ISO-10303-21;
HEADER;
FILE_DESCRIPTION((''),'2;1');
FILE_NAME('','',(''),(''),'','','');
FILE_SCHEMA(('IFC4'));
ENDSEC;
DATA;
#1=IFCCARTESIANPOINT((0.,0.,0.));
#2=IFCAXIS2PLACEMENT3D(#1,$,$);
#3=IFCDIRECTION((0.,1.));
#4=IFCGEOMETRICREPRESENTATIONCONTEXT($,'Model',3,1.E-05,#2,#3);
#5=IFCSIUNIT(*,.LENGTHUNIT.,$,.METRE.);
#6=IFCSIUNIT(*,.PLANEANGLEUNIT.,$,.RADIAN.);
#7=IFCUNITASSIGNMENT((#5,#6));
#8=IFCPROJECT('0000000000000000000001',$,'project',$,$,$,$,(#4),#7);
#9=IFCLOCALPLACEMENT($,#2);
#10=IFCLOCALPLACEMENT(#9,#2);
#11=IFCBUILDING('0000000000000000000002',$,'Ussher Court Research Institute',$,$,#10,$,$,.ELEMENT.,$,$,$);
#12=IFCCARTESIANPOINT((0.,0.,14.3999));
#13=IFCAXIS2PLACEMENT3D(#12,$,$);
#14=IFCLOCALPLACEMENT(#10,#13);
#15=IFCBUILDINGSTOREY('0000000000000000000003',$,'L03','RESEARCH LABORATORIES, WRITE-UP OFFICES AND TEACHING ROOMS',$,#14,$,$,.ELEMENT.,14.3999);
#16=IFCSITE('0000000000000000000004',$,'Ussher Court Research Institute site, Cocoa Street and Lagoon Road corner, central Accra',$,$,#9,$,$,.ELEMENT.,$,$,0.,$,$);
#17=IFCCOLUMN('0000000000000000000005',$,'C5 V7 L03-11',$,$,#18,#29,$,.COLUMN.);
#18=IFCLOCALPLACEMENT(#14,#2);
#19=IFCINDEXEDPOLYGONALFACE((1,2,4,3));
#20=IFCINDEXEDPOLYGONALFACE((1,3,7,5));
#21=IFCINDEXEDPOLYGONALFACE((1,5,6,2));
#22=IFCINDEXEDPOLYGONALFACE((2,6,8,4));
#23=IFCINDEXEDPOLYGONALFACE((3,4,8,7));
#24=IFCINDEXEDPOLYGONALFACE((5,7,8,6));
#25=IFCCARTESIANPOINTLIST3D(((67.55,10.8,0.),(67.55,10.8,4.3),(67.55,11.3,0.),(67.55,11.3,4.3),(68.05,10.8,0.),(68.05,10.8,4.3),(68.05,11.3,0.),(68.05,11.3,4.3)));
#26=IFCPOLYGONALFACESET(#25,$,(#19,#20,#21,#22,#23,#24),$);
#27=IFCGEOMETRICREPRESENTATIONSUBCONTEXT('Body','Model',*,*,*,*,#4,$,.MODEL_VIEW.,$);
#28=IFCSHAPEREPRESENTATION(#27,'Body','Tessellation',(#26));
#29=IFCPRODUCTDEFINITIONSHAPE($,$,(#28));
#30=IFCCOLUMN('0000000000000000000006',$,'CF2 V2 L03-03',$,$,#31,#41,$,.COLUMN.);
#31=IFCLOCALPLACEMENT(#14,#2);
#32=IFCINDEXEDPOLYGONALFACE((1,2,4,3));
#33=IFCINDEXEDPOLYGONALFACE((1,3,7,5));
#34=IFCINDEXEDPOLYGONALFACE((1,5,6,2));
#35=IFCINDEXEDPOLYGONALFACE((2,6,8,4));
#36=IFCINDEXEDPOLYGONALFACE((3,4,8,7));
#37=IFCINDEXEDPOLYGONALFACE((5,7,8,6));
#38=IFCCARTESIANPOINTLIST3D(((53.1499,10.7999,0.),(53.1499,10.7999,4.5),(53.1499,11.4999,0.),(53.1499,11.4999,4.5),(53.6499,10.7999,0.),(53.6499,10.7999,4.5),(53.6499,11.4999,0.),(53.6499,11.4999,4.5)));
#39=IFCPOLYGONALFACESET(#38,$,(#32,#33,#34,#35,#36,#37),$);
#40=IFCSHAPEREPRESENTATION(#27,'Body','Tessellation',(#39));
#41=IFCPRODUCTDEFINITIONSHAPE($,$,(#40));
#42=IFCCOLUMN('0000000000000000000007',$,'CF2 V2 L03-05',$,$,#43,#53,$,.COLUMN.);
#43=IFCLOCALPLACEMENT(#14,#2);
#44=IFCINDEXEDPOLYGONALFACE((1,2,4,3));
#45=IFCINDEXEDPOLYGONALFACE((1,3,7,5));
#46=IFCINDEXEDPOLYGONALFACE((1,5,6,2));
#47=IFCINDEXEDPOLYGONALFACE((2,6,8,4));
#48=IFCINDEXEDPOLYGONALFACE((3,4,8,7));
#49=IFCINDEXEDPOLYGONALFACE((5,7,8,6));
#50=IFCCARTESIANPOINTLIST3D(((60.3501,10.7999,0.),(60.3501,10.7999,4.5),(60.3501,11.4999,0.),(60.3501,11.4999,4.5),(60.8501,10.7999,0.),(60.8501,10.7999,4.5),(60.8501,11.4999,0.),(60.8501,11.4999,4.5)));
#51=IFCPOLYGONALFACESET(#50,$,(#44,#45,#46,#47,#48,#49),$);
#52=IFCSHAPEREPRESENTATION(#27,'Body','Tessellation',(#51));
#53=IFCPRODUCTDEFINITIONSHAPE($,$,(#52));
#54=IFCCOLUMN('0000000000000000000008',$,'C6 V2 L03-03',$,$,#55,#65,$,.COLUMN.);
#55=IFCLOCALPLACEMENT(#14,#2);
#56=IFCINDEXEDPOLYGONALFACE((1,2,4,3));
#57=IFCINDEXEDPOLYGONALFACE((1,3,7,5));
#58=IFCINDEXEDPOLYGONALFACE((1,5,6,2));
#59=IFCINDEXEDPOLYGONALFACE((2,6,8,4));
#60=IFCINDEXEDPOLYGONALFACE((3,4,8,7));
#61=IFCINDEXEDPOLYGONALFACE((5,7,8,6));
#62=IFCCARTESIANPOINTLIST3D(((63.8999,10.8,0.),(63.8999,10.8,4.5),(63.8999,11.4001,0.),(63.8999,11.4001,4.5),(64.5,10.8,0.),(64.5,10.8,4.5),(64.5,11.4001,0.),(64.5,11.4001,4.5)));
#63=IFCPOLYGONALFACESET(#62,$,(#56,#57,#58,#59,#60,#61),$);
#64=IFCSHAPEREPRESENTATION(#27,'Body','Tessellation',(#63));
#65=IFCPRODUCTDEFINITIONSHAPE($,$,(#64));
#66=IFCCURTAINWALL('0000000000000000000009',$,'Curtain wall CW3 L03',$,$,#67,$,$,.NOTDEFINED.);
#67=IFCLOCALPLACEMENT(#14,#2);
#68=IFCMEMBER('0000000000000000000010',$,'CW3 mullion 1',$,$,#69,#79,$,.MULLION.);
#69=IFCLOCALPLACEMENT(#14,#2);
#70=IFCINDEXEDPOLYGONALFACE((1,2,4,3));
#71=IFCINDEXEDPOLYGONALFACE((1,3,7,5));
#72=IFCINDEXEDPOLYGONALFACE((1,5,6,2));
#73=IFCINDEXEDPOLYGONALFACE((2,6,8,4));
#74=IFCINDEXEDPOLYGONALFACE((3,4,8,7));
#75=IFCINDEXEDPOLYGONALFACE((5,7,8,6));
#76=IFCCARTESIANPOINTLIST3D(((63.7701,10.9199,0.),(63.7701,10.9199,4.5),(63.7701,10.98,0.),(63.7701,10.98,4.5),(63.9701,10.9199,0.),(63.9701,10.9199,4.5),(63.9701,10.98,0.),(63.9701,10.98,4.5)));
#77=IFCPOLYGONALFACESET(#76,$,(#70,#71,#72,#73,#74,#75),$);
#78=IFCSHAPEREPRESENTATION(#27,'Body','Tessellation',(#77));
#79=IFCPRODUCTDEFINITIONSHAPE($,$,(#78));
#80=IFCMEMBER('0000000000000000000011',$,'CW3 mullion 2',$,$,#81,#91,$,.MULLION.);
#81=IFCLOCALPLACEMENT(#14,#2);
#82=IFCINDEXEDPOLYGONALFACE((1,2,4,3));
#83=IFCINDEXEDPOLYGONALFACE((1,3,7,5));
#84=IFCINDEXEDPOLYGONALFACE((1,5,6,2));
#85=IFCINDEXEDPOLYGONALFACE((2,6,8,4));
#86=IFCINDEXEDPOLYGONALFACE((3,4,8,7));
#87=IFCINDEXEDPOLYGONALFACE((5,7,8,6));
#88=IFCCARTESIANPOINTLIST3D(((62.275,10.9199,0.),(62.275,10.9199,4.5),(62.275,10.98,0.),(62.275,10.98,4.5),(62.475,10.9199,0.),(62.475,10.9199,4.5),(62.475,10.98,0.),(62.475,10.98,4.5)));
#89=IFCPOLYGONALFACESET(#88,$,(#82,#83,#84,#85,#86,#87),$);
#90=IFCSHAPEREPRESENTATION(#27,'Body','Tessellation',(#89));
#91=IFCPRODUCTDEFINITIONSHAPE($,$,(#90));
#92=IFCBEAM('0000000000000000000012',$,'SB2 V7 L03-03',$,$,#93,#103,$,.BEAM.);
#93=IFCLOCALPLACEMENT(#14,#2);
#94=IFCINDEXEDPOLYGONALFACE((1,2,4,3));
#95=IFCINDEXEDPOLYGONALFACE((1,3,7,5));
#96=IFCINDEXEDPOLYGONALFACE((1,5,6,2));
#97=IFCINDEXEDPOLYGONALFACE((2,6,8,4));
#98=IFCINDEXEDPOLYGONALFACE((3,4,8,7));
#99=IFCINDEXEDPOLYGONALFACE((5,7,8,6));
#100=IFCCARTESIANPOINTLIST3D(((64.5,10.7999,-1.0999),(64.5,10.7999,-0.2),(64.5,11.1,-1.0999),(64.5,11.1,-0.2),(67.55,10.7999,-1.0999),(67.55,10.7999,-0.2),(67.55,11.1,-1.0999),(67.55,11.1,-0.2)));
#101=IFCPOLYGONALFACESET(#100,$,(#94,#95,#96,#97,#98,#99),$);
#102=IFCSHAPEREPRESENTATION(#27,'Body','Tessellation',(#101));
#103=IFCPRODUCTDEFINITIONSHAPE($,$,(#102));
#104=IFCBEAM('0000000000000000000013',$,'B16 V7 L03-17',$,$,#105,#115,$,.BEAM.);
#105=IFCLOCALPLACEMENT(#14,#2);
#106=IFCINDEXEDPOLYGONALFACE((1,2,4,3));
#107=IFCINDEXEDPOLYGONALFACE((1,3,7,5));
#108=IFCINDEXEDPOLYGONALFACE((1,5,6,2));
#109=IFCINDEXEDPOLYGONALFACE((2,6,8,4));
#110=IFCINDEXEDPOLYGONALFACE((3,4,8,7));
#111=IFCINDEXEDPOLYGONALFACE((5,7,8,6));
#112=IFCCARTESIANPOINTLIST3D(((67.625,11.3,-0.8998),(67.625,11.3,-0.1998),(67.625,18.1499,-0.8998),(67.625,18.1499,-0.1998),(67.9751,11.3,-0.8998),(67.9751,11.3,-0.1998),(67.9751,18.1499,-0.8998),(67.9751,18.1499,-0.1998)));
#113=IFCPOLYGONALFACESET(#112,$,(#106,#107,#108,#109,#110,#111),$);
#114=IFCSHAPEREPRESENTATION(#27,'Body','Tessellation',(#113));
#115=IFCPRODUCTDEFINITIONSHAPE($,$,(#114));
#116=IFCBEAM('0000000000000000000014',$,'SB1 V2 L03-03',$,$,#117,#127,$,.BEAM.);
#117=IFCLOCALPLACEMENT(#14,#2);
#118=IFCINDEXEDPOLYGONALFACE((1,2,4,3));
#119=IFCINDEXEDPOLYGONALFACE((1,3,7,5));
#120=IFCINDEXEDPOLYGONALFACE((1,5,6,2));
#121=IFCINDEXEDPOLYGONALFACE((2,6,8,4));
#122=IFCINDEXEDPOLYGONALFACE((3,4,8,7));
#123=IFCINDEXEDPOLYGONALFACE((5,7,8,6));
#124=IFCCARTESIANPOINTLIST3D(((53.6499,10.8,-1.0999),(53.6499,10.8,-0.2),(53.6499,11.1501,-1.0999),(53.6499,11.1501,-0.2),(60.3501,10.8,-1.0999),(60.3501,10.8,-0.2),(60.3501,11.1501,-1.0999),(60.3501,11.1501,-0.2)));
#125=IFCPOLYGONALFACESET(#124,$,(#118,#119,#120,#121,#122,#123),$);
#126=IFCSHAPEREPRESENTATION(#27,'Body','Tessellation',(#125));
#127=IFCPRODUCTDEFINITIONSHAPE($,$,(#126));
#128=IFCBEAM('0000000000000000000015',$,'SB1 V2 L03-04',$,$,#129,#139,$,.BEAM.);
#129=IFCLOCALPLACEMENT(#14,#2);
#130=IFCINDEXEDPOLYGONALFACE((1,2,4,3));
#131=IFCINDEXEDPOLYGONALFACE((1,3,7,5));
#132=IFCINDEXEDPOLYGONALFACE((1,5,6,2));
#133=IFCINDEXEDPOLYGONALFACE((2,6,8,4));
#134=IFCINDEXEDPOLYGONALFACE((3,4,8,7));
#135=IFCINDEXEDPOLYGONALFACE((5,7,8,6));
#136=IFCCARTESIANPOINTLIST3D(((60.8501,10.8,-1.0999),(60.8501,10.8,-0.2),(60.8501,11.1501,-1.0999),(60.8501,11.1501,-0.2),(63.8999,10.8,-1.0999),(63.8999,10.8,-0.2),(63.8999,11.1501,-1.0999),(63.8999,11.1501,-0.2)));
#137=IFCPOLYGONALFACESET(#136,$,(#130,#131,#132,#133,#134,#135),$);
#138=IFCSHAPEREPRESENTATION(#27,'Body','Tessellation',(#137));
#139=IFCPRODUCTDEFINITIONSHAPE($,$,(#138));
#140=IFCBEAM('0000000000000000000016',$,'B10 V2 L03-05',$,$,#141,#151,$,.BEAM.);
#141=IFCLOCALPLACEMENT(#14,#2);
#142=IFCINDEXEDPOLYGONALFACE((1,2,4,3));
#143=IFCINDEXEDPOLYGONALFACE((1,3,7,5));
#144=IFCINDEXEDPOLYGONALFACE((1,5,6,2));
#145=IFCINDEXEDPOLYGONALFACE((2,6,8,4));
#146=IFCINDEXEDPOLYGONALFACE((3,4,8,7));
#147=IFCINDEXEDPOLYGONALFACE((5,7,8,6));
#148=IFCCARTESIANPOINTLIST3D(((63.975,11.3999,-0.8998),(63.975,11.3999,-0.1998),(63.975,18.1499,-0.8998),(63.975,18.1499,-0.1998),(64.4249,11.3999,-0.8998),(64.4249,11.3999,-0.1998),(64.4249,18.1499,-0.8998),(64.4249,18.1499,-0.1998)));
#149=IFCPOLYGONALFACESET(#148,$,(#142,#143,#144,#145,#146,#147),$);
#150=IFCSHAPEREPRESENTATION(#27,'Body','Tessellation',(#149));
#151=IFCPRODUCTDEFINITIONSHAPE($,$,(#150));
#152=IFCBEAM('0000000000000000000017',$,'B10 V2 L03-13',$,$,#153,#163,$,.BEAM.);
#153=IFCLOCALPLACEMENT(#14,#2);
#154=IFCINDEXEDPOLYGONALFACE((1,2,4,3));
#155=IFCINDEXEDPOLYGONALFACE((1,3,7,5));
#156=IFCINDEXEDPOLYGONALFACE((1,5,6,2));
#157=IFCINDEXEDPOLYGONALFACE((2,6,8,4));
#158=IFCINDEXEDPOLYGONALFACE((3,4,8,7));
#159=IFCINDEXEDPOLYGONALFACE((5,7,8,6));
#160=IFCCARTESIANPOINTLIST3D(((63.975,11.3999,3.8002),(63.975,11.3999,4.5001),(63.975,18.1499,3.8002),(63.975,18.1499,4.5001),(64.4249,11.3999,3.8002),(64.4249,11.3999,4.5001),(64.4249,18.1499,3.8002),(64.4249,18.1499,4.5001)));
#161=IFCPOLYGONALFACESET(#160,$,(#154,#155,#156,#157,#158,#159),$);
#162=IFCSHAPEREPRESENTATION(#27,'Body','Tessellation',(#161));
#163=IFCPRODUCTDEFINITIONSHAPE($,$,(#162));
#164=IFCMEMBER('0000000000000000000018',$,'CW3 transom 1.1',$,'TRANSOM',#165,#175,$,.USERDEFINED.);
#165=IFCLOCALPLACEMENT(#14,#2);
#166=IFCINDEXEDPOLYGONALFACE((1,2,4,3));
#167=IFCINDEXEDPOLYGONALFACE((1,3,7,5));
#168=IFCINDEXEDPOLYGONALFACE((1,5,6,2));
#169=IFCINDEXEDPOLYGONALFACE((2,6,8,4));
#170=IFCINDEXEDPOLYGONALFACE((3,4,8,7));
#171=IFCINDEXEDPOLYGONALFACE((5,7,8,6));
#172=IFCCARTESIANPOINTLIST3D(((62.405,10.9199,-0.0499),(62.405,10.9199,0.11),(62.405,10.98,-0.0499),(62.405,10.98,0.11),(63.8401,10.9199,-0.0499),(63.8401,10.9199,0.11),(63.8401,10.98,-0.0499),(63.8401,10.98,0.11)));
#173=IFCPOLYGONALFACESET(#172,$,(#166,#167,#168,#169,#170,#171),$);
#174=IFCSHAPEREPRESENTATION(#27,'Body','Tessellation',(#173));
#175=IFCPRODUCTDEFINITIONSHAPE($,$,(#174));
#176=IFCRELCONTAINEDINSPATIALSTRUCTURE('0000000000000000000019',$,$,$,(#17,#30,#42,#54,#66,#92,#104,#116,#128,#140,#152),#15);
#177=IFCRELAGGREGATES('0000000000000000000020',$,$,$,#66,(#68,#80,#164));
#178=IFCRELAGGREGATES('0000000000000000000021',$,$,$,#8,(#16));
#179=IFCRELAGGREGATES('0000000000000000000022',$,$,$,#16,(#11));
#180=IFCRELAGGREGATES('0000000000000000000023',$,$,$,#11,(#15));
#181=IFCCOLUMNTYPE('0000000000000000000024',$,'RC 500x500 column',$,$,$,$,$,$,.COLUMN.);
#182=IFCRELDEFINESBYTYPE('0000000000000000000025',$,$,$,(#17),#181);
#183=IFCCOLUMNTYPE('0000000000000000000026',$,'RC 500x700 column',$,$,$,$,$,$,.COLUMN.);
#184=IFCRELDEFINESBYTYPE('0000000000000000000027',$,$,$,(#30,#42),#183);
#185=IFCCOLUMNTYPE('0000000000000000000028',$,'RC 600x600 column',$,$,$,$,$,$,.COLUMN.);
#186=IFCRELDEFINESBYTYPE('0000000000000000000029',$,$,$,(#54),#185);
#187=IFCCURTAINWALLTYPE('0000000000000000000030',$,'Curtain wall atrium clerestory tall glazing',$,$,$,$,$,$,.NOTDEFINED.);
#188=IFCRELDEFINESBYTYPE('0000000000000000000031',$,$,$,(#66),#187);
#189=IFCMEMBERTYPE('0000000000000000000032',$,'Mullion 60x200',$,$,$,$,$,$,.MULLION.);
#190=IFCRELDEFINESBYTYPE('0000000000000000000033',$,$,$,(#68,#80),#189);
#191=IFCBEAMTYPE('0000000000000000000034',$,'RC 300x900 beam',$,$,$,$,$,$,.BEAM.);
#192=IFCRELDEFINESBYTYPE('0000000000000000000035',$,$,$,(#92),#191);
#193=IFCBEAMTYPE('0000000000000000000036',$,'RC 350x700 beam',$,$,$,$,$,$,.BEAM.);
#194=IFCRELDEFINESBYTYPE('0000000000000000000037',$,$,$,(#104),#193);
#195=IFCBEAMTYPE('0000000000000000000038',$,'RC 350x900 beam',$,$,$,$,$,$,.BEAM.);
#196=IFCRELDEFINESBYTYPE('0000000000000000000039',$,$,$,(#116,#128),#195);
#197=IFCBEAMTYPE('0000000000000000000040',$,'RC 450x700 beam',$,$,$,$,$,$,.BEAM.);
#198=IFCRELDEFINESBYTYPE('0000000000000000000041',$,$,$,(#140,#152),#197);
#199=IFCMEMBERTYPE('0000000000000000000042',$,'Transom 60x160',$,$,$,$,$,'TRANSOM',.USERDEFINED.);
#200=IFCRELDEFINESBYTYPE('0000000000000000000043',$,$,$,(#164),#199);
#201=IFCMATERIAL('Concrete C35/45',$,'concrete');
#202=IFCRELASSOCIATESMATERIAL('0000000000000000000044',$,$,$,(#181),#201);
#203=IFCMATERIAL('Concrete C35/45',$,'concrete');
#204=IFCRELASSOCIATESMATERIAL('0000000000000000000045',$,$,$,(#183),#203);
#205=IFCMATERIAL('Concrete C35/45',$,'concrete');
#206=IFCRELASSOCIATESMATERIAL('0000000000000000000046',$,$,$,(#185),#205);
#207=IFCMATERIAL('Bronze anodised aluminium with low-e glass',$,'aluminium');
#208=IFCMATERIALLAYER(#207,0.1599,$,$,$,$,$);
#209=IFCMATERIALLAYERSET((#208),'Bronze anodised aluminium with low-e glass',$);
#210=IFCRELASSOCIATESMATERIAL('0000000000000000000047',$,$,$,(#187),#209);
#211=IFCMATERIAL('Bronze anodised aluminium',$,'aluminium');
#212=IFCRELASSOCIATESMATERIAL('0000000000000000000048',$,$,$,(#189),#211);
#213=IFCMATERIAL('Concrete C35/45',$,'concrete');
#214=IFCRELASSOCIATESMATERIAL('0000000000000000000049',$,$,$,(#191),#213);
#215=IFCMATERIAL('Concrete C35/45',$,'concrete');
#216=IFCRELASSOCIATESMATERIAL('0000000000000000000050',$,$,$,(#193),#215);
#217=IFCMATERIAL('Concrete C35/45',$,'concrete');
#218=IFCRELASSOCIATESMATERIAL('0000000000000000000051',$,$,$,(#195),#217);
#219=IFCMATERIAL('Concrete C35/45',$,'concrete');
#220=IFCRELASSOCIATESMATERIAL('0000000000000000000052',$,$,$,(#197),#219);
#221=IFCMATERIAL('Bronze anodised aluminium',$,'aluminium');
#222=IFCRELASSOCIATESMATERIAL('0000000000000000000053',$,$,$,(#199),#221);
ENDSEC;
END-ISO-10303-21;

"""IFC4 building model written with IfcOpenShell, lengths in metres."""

from ifc_helpers import new_model, si_unit, direction, frame, origin, origin_2d, place, context, subcontext, project, spatial, rectangle, extrude, material, layer, layer_set, material_profile, profile_set, type_object, element, aggregate, save


model = new_model("IFC4")

# Units and contexts
model_context = context("Model", 3, precision=1e-05, world=origin(), true_north=direction((0.0, 1.0)))
body_context = subcontext(model_context, "Body", "Model", "MODEL_VIEW")
ifc_project = project(units=[si_unit("LENGTHUNIT", "METRE"), si_unit("PLANEANGLEUNIT", "RADIAN")], contexts=[model_context])

# Site, building, storey
site_placement = place(None, origin())
site = spatial("IfcSite", under=ifc_project, at=site_placement, Name="Ussher Court Research Institute site, Cocoa Street and Lagoon Road corner, central Accra", CompositionType="ELEMENT", RefElevation=0.0)
building_placement = place(site_placement, origin())
building = spatial("IfcBuilding", under=site, at=building_placement, Name="Ussher Court Research Institute", CompositionType="ELEMENT")
storey_placement = place(building_placement, frame((0.0, 0.0, 14.3999)))
storey = spatial("IfcBuildingStorey", under=building, at=storey_placement, Name="L03", Description="RESEARCH LABORATORIES, WRITE-UP OFFICES AND TEACHING ROOMS", CompositionType="ELEMENT", Elevation=14.3999)

# Columns
ifc_material_1 = material(Name="Concrete C35/45", Category="concrete")
ifc_material_profile_1 = material_profile(ifc_material_1, rectangle(XDim=0.5, YDim=0.5, at=origin_2d()), Name="RC 500x500")
ifc_profile_set_1 = profile_set([ifc_material_profile_1], Name="Concrete C35/45")
column_type_1 = type_object("IfcColumnType", Name="RC 500x500 column", PredefinedType="COLUMN", material=ifc_profile_set_1)
column_1_placement = place(storey_placement, frame((67.8, 11.05, 0.0), z_axis=(0.0, 0.0, 1.0), x_axis=(1.0, 0.0, 0.0)))
element("IfcColumn", 1, at=column_1_placement, inside=storey, type_object=column_type_1, Name="C5 V7 L03-11", PredefinedType="COLUMN", context=body_context, shape_type="SweptSolid", body=[
    extrude(rectangle(XDim=0.5, YDim=0.5, at=origin_2d()), origin(), (0.0, 0.0, 1.0), 4.3),
])
ifc_material_2 = material(Name="Concrete C35/45", Category="concrete")
ifc_material_profile_2 = material_profile(ifc_material_2, rectangle(XDim=0.5, YDim=0.7, at=origin_2d()), Name="RC 500x700")
ifc_profile_set_2 = profile_set([ifc_material_profile_2], Name="Concrete C35/45")
column_type_2 = type_object("IfcColumnType", Name="RC 500x700 column", PredefinedType="COLUMN", material=ifc_profile_set_2)
for number, where, z_axis, x_axis, name in (
    (2, (53.3999, 11.1499, 0.0), (0.0, 0.0, 1.0), (1.0, 0.0, 0.0), "CF2 V2 L03-03"),
    (3, (60.6001, 11.1499, 0.0), (0.0, 0.0, 1.0), (1.0, 0.0, 0.0), "CF2 V2 L03-05"),
):
    element("IfcColumn", number, at=place(storey_placement, frame(where, z_axis=z_axis, x_axis=x_axis)), inside=storey, type_object=column_type_2, Name=name, PredefinedType="COLUMN", context=body_context, shape_type="SweptSolid", body=[
        extrude(rectangle(XDim=0.5, YDim=0.7, at=origin_2d()), origin(), (0.0, 0.0, 1.0), 4.5),
    ])
ifc_material_3 = material(Name="Concrete C35/45", Category="concrete")
ifc_material_profile_3 = material_profile(ifc_material_3, rectangle(XDim=0.6001, YDim=0.6001, at=origin_2d()), Name="RC 600x600")
ifc_profile_set_3 = profile_set([ifc_material_profile_3], Name="Concrete C35/45")
column_type_3 = type_object("IfcColumnType", Name="RC 600x600 column", PredefinedType="COLUMN", material=ifc_profile_set_3)
column_2_placement = place(storey_placement, frame((64.2, 11.1001, 0.0), z_axis=(0.0, 0.0, 1.0), x_axis=(1.0, 0.0, 0.0)))
element("IfcColumn", 4, at=column_2_placement, inside=storey, type_object=column_type_3, Name="C6 V2 L03-03", PredefinedType="COLUMN", context=body_context, shape_type="SweptSolid", body=[
    extrude(rectangle(XDim=0.6001, YDim=0.6001, at=origin_2d()), origin(), (0.0, 0.0, 1.0), 4.5),
])

# Curtain wall, members
ifc_material_4 = material(Name="Bronze anodised aluminium with low-e glass", Category="aluminium")
ifc_layer_1 = layer(ifc_material_4, 0.1599)
ifc_layer_set_1 = layer_set([ifc_layer_1], Name="Bronze anodised aluminium with low-e glass")
curtain_wall_type = type_object("IfcCurtainWallType", Name="Curtain wall atrium clerestory tall glazing", PredefinedType="NOTDEFINED", material=ifc_layer_set_1)
curtain_wall_placement = place(storey_placement, origin())
curtain_wall = element("IfcCurtainWall", 5, at=curtain_wall_placement, inside=storey, type_object=curtain_wall_type, Name="Curtain wall CW3 L03", PredefinedType="NOTDEFINED")
ifc_material_5 = material(Name="Bronze anodised aluminium", Category="aluminium")
ifc_material_profile_4 = material_profile(ifc_material_5, rectangle(XDim=0.0601, YDim=0.2, at=origin_2d()), Name="Mullion 60x200")
ifc_profile_set_4 = profile_set([ifc_material_profile_4], Name="Bronze anodised aluminium")
member_type_1 = type_object("IfcMemberType", Name="Mullion 60x200", PredefinedType="MULLION", material=ifc_profile_set_4)
member_1_placement = place(storey_placement, frame((63.8701, 10.95, 0.0), z_axis=(0.0, 0.0, 1.0), x_axis=(0.0, -1.0, 0.0)))
member_1 = element("IfcMember", 6, at=member_1_placement, type_object=member_type_1, Name="CW3 mullion 1", PredefinedType="MULLION", context=body_context, shape_type="SweptSolid", body=[
    extrude(rectangle(XDim=0.0601, YDim=0.2, at=origin_2d()), origin(), (0.0, 0.0, 1.0), 4.5),
])
member_2_placement = place(storey_placement, frame((62.375, 10.95, 0.0), z_axis=(0.0, 0.0, 1.0), x_axis=(0.0, -1.0, 0.0)))
member_2 = element("IfcMember", 7, at=member_2_placement, type_object=member_type_1, Name="CW3 mullion 2", PredefinedType="MULLION", context=body_context, shape_type="SweptSolid", body=[
    extrude(rectangle(XDim=0.0601, YDim=0.2, at=origin_2d()), origin(), (0.0, 0.0, 1.0), 4.5),
])

# Beams
ifc_material_6 = material(Name="Concrete C35/45", Category="concrete")
ifc_material_profile_5 = material_profile(ifc_material_6, rectangle(XDim=0.3, YDim=0.8999, at=origin_2d()), Name="RC 300x900")
ifc_profile_set_5 = profile_set([ifc_material_profile_5], Name="Concrete C35/45")
beam_type_1 = type_object("IfcBeamType", Name="RC 300x900 beam", PredefinedType="BEAM", material=ifc_profile_set_5)
beam_1_placement = place(storey_placement, frame((64.5, 10.95, -0.6499), z_axis=(1.0, 0.0, 0.0), x_axis=(0.0, 1.0, 0.0)))
element("IfcBeam", 8, at=beam_1_placement, inside=storey, type_object=beam_type_1, Name="SB2 V7 L03-03", PredefinedType="BEAM", context=body_context, shape_type="SweptSolid", body=[
    extrude(rectangle(XDim=0.3, YDim=0.8999, at=origin_2d()), origin(), (0.0, 0.0, 1.0), 3.05),
])
ifc_material_7 = material(Name="Concrete C35/45", Category="concrete")
ifc_material_profile_6 = material_profile(ifc_material_7, rectangle(XDim=0.3501, YDim=0.7, at=origin_2d()), Name="RC 350x700")
ifc_profile_set_6 = profile_set([ifc_material_profile_6], Name="Concrete C35/45")
beam_type_2 = type_object("IfcBeamType", Name="RC 350x700 beam", PredefinedType="BEAM", material=ifc_profile_set_6)
beam_2_placement = place(storey_placement, frame((67.8, 11.3, -0.5498), z_axis=(0.0, 1.0, 0.0), x_axis=(-1.0, 0.0, 0.0)))
element("IfcBeam", 9, at=beam_2_placement, inside=storey, type_object=beam_type_2, Name="B16 V7 L03-17", PredefinedType="BEAM", context=body_context, shape_type="SweptSolid", body=[
    extrude(rectangle(XDim=0.3501, YDim=0.7, at=origin_2d()), origin(), (0.0, 0.0, 1.0), 6.8499),
])
ifc_material_8 = material(Name="Concrete C35/45", Category="concrete")
ifc_material_profile_7 = material_profile(ifc_material_8, rectangle(XDim=0.3501, YDim=0.8999, at=origin_2d()), Name="RC 350x900")
ifc_profile_set_7 = profile_set([ifc_material_profile_7], Name="Concrete C35/45")
beam_type_3 = type_object("IfcBeamType", Name="RC 350x900 beam", PredefinedType="BEAM", material=ifc_profile_set_7)
beam_3_placement = place(storey_placement, frame((53.6499, 10.9751, -0.6499), z_axis=(1.0, 0.0, 0.0), x_axis=(0.0, 1.0, 0.0)))
element("IfcBeam", 10, at=beam_3_placement, inside=storey, type_object=beam_type_3, Name="SB1 V2 L03-03", PredefinedType="BEAM", context=body_context, shape_type="SweptSolid", body=[
    extrude(rectangle(XDim=0.3501, YDim=0.8999, at=origin_2d()), origin(), (0.0, 0.0, 1.0), 6.7002),
])
beam_4_placement = place(storey_placement, frame((60.8501, 10.9751, -0.6499), z_axis=(1.0, 0.0, 0.0), x_axis=(0.0, 1.0, 0.0)))
element("IfcBeam", 11, at=beam_4_placement, inside=storey, type_object=beam_type_3, Name="SB1 V2 L03-04", PredefinedType="BEAM", context=body_context, shape_type="SweptSolid", body=[
    extrude(rectangle(XDim=0.3501, YDim=0.8999, at=origin_2d()), origin(), (0.0, 0.0, 1.0), 3.0498),
])
ifc_material_9 = material(Name="Concrete C35/45", Category="concrete")
ifc_material_profile_8 = material_profile(ifc_material_9, rectangle(XDim=0.45, YDim=0.7, at=origin_2d()), Name="RC 450x700")
ifc_profile_set_8 = profile_set([ifc_material_profile_8], Name="Concrete C35/45")
beam_type_4 = type_object("IfcBeamType", Name="RC 450x700 beam", PredefinedType="BEAM", material=ifc_profile_set_8)
for number, where, z_axis, x_axis, name in (
    (12, (64.2, 11.3999, -0.5498), (0.0, 1.0, 0.0), (-1.0, 0.0, 0.0), "B10 V2 L03-05"),
    (13, (64.2, 11.3999, 4.1501), (0.0, 1.0, 0.0), (-1.0, 0.0, 0.0), "B10 V2 L03-13"),
):
    element("IfcBeam", number, at=place(storey_placement, frame(where, z_axis=z_axis, x_axis=x_axis)), inside=storey, type_object=beam_type_4, Name=name, PredefinedType="BEAM", context=body_context, shape_type="SweptSolid", body=[
        extrude(rectangle(XDim=0.45, YDim=0.7, at=origin_2d()), origin(), (0.0, 0.0, 1.0), 6.75),
    ])

# Member
ifc_material_10 = material(Name="Bronze anodised aluminium", Category="aluminium")
ifc_material_profile_9 = material_profile(ifc_material_10, rectangle(XDim=0.0601, YDim=0.1599, at=origin_2d()), Name="Transom 60x160")
ifc_profile_set_9 = profile_set([ifc_material_profile_9], Name="Bronze anodised aluminium")
member_type_2 = type_object("IfcMemberType", Name="Transom 60x160", ElementType="TRANSOM", PredefinedType="USERDEFINED", material=ifc_profile_set_9)
member_3_placement = place(storey_placement, frame((63.8401, 10.95, 0.03), z_axis=(-1.0, 0.0, 0.0), x_axis=(0.0, -1.0, 0.0)))
member_3 = element("IfcMember", 14, at=member_3_placement, type_object=member_type_2, Name="CW3 transom 1.1", ObjectType="TRANSOM", PredefinedType="USERDEFINED", context=body_context, shape_type="SweptSolid", body=[
    extrude(rectangle(XDim=0.0601, YDim=0.1599, at=origin_2d()), origin(), (0.0, 0.0, 1.0), 1.4351),
])

aggregate(curtain_wall, [member_1, member_2, member_3])

save(model, "model.ifc")
